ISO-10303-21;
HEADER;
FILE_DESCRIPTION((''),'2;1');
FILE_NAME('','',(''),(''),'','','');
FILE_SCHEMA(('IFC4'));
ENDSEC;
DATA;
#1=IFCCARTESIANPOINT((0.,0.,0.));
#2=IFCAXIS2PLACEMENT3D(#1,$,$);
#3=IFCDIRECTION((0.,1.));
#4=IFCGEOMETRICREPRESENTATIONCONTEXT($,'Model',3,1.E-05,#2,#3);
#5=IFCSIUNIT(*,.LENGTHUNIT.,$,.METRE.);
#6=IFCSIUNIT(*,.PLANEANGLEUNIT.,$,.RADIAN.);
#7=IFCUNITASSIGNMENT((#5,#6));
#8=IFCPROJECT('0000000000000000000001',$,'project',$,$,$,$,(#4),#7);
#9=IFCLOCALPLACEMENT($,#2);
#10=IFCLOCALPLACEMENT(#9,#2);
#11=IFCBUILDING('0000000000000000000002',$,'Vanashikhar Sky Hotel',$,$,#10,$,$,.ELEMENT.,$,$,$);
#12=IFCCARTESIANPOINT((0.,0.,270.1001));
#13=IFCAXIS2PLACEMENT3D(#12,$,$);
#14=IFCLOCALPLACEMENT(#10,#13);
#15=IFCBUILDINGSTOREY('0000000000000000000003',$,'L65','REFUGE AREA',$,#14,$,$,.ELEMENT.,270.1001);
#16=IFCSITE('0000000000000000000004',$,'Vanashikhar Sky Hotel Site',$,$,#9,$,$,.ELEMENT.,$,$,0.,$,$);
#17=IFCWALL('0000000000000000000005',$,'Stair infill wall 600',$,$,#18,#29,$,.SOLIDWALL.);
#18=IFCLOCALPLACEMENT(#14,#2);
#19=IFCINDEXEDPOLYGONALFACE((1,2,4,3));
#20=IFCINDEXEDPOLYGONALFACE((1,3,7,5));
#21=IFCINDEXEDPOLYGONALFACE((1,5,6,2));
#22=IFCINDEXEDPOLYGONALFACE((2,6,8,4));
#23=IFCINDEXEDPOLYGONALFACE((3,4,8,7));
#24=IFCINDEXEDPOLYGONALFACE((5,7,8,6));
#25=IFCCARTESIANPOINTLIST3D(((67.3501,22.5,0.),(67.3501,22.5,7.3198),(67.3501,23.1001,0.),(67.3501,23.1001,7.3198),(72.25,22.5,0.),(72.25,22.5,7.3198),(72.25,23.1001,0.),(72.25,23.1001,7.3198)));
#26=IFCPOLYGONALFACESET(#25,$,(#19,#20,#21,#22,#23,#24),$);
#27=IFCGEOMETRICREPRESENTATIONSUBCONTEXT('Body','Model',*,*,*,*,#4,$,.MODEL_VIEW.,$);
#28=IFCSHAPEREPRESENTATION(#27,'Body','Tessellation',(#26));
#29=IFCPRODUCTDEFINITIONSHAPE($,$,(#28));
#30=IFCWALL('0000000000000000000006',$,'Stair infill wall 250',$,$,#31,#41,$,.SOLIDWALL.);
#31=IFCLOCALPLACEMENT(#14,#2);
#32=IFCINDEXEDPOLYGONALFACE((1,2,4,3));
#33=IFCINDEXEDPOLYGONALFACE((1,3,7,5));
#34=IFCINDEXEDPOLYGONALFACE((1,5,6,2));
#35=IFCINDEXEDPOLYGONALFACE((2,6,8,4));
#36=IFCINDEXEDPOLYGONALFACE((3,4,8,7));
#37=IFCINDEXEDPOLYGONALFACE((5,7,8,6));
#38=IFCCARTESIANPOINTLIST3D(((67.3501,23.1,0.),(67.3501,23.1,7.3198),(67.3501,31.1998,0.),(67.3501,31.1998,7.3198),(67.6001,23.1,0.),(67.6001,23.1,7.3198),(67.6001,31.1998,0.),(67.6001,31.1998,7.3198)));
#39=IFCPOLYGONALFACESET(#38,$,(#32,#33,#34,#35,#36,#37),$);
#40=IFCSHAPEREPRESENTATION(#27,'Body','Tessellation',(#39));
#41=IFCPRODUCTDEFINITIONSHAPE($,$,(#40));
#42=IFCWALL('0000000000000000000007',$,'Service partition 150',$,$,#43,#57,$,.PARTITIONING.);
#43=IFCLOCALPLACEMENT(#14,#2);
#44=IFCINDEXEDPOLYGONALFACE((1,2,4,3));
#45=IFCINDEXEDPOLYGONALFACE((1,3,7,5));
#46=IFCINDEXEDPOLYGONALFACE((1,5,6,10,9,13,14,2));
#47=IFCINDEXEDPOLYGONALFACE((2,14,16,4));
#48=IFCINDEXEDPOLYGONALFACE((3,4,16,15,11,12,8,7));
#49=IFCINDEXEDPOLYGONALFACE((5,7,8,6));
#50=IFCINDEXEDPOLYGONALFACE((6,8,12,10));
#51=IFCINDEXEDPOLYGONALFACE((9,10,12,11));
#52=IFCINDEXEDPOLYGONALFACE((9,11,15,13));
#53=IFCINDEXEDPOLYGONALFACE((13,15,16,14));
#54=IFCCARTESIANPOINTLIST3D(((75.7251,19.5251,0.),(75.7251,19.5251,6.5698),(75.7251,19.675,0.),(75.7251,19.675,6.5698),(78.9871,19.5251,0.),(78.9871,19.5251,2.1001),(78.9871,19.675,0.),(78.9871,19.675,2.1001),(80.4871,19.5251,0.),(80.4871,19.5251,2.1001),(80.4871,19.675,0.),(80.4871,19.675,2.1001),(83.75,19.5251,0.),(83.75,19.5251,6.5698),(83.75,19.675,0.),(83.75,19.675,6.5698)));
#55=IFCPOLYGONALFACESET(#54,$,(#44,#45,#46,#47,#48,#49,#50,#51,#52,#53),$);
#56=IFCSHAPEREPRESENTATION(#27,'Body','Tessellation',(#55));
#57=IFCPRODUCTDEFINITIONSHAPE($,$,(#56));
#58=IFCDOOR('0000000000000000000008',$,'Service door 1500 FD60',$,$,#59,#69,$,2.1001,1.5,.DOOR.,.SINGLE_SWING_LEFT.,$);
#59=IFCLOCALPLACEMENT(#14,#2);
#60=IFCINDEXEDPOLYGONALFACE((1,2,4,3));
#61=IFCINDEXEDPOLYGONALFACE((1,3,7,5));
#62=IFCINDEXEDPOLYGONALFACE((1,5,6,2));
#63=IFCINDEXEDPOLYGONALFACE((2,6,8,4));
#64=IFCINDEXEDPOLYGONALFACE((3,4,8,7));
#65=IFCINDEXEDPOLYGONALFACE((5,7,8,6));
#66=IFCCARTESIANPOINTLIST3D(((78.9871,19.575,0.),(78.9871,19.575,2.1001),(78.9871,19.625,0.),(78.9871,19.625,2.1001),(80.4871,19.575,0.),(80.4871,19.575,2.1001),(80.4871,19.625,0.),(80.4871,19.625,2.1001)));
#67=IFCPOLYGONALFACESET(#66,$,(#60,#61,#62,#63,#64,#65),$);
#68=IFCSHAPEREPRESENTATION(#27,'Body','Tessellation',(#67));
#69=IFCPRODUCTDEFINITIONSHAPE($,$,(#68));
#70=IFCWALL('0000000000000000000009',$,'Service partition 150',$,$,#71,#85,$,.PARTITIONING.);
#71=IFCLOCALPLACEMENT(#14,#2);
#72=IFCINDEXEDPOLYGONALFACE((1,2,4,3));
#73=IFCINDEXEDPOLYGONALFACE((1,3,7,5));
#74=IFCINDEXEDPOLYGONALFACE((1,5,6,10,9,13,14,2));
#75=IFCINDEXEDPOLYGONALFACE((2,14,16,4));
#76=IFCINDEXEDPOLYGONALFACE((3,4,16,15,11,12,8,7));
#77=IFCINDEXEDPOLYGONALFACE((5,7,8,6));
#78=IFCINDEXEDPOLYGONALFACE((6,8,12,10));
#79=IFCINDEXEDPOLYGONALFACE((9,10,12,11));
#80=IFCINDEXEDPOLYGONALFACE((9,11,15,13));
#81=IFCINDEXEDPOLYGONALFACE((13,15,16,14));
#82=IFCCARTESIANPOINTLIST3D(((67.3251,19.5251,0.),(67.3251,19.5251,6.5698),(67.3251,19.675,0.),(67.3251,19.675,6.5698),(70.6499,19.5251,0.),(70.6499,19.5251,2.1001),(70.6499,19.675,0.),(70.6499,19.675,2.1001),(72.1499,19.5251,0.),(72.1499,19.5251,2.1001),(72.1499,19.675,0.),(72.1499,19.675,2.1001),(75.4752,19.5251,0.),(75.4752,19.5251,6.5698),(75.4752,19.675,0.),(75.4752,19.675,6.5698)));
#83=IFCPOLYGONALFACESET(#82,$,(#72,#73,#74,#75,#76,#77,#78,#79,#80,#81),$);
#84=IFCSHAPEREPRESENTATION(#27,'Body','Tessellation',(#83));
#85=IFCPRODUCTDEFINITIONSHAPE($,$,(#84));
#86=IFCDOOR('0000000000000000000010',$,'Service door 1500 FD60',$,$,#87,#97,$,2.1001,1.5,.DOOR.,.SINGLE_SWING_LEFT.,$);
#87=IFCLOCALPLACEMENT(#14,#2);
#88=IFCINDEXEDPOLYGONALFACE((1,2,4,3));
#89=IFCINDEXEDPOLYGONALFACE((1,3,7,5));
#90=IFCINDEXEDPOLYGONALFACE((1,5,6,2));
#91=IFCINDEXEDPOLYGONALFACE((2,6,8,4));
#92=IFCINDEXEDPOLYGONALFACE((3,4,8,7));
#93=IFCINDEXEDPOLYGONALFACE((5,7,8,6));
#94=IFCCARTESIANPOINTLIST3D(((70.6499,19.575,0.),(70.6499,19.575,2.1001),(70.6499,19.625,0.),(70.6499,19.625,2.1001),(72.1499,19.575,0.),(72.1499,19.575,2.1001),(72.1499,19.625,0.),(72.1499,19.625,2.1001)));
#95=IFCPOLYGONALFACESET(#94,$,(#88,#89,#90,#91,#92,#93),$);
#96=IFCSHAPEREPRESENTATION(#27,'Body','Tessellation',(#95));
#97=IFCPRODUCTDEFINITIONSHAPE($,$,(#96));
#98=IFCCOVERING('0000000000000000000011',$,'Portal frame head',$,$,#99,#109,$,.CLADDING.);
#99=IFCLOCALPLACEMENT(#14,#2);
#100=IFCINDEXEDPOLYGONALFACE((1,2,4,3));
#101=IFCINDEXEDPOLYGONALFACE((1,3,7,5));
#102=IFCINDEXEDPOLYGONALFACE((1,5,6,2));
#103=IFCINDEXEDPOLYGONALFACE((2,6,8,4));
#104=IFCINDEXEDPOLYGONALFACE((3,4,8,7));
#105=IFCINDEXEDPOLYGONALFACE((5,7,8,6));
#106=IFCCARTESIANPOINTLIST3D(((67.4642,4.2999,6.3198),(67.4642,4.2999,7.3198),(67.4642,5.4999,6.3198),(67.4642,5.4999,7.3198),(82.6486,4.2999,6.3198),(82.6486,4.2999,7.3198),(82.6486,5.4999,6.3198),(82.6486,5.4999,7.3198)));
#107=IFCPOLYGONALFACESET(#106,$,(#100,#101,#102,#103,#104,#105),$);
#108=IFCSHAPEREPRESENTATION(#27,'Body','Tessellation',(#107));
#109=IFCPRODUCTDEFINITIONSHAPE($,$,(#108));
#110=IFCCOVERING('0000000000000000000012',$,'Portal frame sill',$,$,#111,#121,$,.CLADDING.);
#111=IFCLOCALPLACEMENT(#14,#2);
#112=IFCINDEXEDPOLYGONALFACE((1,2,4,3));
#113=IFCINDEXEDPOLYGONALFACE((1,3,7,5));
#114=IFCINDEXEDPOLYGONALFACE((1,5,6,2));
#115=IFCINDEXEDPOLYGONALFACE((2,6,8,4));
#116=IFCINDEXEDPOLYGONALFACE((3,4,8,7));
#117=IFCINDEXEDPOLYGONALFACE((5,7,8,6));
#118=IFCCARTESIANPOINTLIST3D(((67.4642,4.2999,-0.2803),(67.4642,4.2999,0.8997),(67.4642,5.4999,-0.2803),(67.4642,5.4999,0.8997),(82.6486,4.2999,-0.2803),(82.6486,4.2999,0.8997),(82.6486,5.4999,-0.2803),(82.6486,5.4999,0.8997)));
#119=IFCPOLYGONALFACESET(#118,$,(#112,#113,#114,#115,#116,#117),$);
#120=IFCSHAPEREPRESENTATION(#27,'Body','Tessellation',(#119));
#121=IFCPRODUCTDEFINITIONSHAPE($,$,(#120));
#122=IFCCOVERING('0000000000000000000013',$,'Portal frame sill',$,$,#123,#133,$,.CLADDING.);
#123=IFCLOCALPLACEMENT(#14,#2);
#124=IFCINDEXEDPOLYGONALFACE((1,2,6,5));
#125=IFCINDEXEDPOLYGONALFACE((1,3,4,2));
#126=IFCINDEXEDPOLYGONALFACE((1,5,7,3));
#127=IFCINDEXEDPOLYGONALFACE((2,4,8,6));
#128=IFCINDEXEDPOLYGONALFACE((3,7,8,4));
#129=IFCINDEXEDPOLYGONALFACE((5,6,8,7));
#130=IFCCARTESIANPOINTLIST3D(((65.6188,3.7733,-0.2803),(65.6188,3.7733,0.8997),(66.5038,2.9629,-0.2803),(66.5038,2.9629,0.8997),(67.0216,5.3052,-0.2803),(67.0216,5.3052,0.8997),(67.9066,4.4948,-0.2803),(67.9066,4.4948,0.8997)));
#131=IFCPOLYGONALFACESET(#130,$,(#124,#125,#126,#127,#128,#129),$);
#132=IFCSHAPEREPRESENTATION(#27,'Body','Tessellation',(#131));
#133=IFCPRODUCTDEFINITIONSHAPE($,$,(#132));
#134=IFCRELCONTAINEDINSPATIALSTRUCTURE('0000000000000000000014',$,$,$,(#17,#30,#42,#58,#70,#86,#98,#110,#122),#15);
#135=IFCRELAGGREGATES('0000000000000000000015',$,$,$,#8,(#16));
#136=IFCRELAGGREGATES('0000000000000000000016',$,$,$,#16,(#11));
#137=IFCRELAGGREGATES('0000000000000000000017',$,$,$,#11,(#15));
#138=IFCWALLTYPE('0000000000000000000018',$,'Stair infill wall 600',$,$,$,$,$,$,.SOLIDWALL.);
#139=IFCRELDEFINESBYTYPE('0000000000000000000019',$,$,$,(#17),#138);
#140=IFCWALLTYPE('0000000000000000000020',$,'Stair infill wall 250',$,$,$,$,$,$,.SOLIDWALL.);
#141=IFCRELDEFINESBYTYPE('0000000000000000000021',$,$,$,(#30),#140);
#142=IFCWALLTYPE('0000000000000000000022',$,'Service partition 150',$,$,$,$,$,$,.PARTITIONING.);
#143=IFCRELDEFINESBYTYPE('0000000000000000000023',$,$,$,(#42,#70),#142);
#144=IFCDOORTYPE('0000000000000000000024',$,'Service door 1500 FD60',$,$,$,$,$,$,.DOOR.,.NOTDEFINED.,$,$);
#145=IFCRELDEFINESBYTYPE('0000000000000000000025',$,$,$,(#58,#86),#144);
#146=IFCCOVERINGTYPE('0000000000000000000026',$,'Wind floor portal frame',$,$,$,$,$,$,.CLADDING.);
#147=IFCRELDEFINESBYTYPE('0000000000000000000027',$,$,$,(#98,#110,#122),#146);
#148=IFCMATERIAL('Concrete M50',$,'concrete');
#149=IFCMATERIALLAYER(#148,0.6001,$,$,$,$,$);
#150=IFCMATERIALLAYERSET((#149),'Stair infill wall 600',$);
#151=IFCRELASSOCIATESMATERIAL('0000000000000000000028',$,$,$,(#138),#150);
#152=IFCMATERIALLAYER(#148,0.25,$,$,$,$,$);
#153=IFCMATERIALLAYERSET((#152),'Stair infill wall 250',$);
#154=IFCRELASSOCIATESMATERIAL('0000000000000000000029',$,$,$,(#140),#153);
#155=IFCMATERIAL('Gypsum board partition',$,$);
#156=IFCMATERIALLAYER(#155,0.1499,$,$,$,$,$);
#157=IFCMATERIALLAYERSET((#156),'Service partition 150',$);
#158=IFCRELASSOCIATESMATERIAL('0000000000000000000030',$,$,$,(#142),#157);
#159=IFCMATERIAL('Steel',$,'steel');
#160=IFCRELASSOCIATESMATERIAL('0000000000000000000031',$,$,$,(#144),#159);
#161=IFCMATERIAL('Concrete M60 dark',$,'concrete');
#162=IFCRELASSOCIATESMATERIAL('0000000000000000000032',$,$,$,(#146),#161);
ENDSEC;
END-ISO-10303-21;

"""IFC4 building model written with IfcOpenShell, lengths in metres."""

from ifc_helpers import new_model, si_unit, direction, frame, frame_2d, origin, origin_2d, place, context, subcontext, project, spatial, rectangle, extrude, source, transform, mapped, material, layer, layer_set, type_object, element, fill, save


model = new_model("IFC4")

# Units and contexts
model_context = context("Model", 3, precision=1e-05, world=origin(), true_north=direction((0.0, 1.0)))
body_context = subcontext(model_context, "Body", "Model", "MODEL_VIEW")
ifc_project = project(units=[si_unit("LENGTHUNIT", "METRE"), si_unit("PLANEANGLEUNIT", "RADIAN")], contexts=[model_context])

# Site, building, storey
site_placement = place(None, origin())
site = spatial("IfcSite", under=ifc_project, at=site_placement, Name="Vanashikhar Sky Hotel Site", CompositionType="ELEMENT", RefElevation=0.0)
building_placement = place(site_placement, origin())
building = spatial("IfcBuilding", under=site, at=building_placement, Name="Vanashikhar Sky Hotel", CompositionType="ELEMENT")
storey_placement = place(building_placement, frame((0.0, 0.0, 270.1001)))
storey = spatial("IfcBuildingStorey", under=building, at=storey_placement, Name="L65", Description="REFUGE AREA", CompositionType="ELEMENT", Elevation=270.1001)

# Shared definitions
ifc_material_1 = material(Name="Concrete M50", Category="concrete")

# Shared definitions
ifc_material_2 = material(Name="Steel", Category="steel")

# Walls
ifc_layer_1 = layer(ifc_material_1, 0.6001)
ifc_layer_set_1 = layer_set([ifc_layer_1], Name="Stair infill wall 600")
wall_type_1 = type_object("IfcWallType", Name="Stair infill wall 600", PredefinedType="SOLIDWALL", material=ifc_layer_set_1)
shared_shape_1 = source(origin(), body_context, "Body", "SweptSolid", [
    extrude(rectangle(XDim=4.8999, YDim=0.6001, at=frame_2d((2.45, 0.0))), origin(), (0.0, 0.0, 1.0), 7.3198),
])
wall_1_placement = place(storey_placement, frame((67.3501, 22.8, 0.0), z_axis=(0.0, 0.0, 1.0), x_axis=(1.0, 0.0, 0.0)))
element("IfcWall", 1, at=wall_1_placement, inside=storey, type_object=wall_type_1, Name="Stair infill wall 600", PredefinedType="SOLIDWALL", context=body_context, shape_type="MappedRepresentation", body=[
    mapped(shared_shape_1, transform((0.0, 0.0, 0.0), scale=1.0)),
])
ifc_layer_2 = layer(ifc_material_1, 0.25)
ifc_layer_set_2 = layer_set([ifc_layer_2], Name="Stair infill wall 250")
wall_type_2 = type_object("IfcWallType", Name="Stair infill wall 250", PredefinedType="SOLIDWALL", material=ifc_layer_set_2)
shared_shape_2 = source(origin(), body_context, "Body", "SweptSolid", [
    extrude(rectangle(XDim=8.0999, YDim=0.25, at=frame_2d((4.0498, 0.0))), origin(), (0.0, 0.0, 1.0), 7.3198),
])
wall_2_placement = place(storey_placement, frame((67.4751, 23.1001, 0.0), z_axis=(0.0, 0.0, 1.0), x_axis=(0.0, 1.0, 0.0)))
element("IfcWall", 2, at=wall_2_placement, inside=storey, type_object=wall_type_2, Name="Stair infill wall 250", PredefinedType="SOLIDWALL", context=body_context, shape_type="MappedRepresentation", body=[
    mapped(shared_shape_2, transform((0.0, 0.0, 0.0), scale=1.0)),
])

# Walls, openings, doors
ifc_material_3 = material(Name="Gypsum board partition")
ifc_layer_3 = layer(ifc_material_3, 0.1499)
ifc_layer_set_3 = layer_set([ifc_layer_3], Name="Service partition 150")
wall_type_3 = type_object("IfcWallType", Name="Service partition 150", PredefinedType="PARTITIONING", material=ifc_layer_set_3)
shared_shape_3 = source(origin(), body_context, "Body", "SweptSolid", [
    extrude(rectangle(XDim=8.0249, YDim=0.1499, at=frame_2d((4.0125, 0.0))), origin(), (0.0, 0.0, 1.0), 6.5698),
])
wall_3_placement = place(storey_placement, frame((75.7251, 19.6001, 0.0), z_axis=(0.0, 0.0, 1.0), x_axis=(1.0, 0.0, 0.0)))
wall_3 = element("IfcWall", 3, at=wall_3_placement, inside=storey, type_object=wall_type_3, Name="Service partition 150", PredefinedType="PARTITIONING", context=body_context, shape_type="MappedRepresentation", body=[
    mapped(shared_shape_3, transform((0.0, 0.0, 0.0), scale=1.0)),
])
shared_shape_4 = source(origin(), body_context, "Body", "SweptSolid", [
    extrude(rectangle(XDim=1.5, YDim=2.1001, at=frame_2d((0.75, 1.05))), frame((0.0, 0.085, 0.0), z_axis=(0.0, -1.0, 0.0), x_axis=(1.0, 0.0, 0.0)), (0.0, 0.0, 1.0), 0.1699),
])
opening_1_placement = place(wall_3_placement, frame((3.262, 0.0, 0.0)))
opening_1 = element("IfcOpeningElement", 4, at=opening_1_placement, cuts=wall_3, PredefinedType="OPENING", context=body_context, shape_type="MappedRepresentation", body=[
    mapped(shared_shape_4, transform((0.0, 0.0, 0.0), scale=1.0)),
])
door_type_1 = type_object("IfcDoorType", Name="Service door 1500 FD60", OperationType="NOTDEFINED", PredefinedType="DOOR", material=ifc_material_2)
shared_shape_5 = source(origin(), body_context, "Body", "SweptSolid", [
    extrude(rectangle(XDim=1.5, YDim=2.1001, at=frame_2d((0.75, 1.05))), frame((0.0, 0.0249, 0.0), z_axis=(0.0, -1.0, 0.0), x_axis=(1.0, 0.0, 0.0)), (0.0, 0.0, 1.0), 0.05),
])
door_1_placement = place(opening_1_placement, origin())
door_1 = element("IfcDoor", 5, at=door_1_placement, inside=storey, type_object=door_type_1, Name="Service door 1500 FD60", OperationType="SINGLE_SWING_LEFT", OverallHeight=2.1001, OverallWidth=1.5, PredefinedType="DOOR", context=body_context, shape_type="MappedRepresentation", body=[
    mapped(shared_shape_5, transform((0.0, 0.0, 0.0), scale=1.0)),
])
fill(opening_1, door_1)
shared_shape_6 = source(origin(), body_context, "Body", "SweptSolid", [
    extrude(rectangle(XDim=8.1501, YDim=0.1499, at=frame_2d((4.0752, 0.0))), origin(), (0.0, 0.0, 1.0), 6.5698),
])
wall_4_placement = place(storey_placement, frame((67.325, 19.6001, 0.0), z_axis=(0.0, 0.0, 1.0), x_axis=(1.0, 0.0, 0.0)))
wall_4 = element("IfcWall", 6, at=wall_4_placement, inside=storey, type_object=wall_type_3, Name="Service partition 150", PredefinedType="PARTITIONING", context=body_context, shape_type="MappedRepresentation", body=[
    mapped(shared_shape_6, transform((0.0, 0.0, 0.0), scale=1.0)),
])
opening_2_placement = place(wall_4_placement, frame((3.325, 0.0, 0.0)))
opening_2 = element("IfcOpeningElement", 7, at=opening_2_placement, cuts=wall_4, PredefinedType="OPENING", context=body_context, shape_type="MappedRepresentation", body=[
    mapped(shared_shape_4, transform((0.0, 0.0, 0.0), scale=1.0)),
])
door_2_placement = place(opening_2_placement, origin())
door_2 = element("IfcDoor", 8, at=door_2_placement, inside=storey, type_object=door_type_1, Name="Service door 1500 FD60", OperationType="SINGLE_SWING_LEFT", OverallHeight=2.1001, OverallWidth=1.5, PredefinedType="DOOR", context=body_context, shape_type="MappedRepresentation", body=[
    mapped(shared_shape_5, transform((0.0, 0.0, 0.0), scale=1.0)),
])
fill(opening_2, door_2)

# Coverings
ifc_material_4 = material(Name="Concrete M60 dark", Category="concrete")
covering_type = type_object("IfcCoveringType", Name="Wind floor portal frame", PredefinedType="CLADDING", material=ifc_material_4)
shared_shape_7 = source(origin(), body_context, "Body", "SweptSolid", [
    extrude(rectangle(XDim=15.1843, YDim=1.2, at=origin_2d()), origin(), (0.0, 0.0, 1.0), 1.0),
])
covering_1_placement = place(storey_placement, frame((75.0564, 4.8999, 6.3198), z_axis=(0.0, 0.0, 1.0), x_axis=(1.0, 0.0, 0.0)))
element("IfcCovering", 9, at=covering_1_placement, inside=storey, type_object=covering_type, Name="Portal frame head", PredefinedType="CLADDING", context=body_context, shape_type="MappedRepresentation", body=[
    mapped(shared_shape_7, transform((0.0, 0.0, 0.0), scale=1.0)),
])
shared_shape_8 = source(origin(), body_context, "Body", "SweptSolid", [
    extrude(rectangle(XDim=15.1843, YDim=1.2, at=origin_2d()), origin(), (0.0, 0.0, 1.0), 1.1799),
])
covering_2_placement = place(storey_placement, frame((75.0564, 4.8999, -0.2803), z_axis=(0.0, 0.0, 1.0), x_axis=(1.0, 0.0, 0.0)))
element("IfcCovering", 10, at=covering_2_placement, inside=storey, type_object=covering_type, Name="Portal frame sill", PredefinedType="CLADDING", context=body_context, shape_type="MappedRepresentation", body=[
    mapped(shared_shape_8, transform((0.0, 0.0, 0.0), scale=1.0)),
])
shared_shape_9 = source(origin(), body_context, "Body", "SweptSolid", [
    extrude(rectangle(XDim=2.0771, YDim=1.2, at=origin_2d()), origin(), (0.0, 0.0, 1.0), 1.1799),
])
covering_3_placement = place(storey_placement, frame((66.7627, 4.134, -0.2803), z_axis=(0.0, 0.0, 1.0), x_axis=(0.675346, 0.737501, 0.0)))
element("IfcCovering", 11, at=covering_3_placement, inside=storey, type_object=covering_type, Name="Portal frame sill", PredefinedType="CLADDING", context=body_context, shape_type="MappedRepresentation", body=[
    mapped(shared_shape_9, transform((0.0, 0.0, 0.0), scale=1.0)),
])

save(model, "model.ifc")
